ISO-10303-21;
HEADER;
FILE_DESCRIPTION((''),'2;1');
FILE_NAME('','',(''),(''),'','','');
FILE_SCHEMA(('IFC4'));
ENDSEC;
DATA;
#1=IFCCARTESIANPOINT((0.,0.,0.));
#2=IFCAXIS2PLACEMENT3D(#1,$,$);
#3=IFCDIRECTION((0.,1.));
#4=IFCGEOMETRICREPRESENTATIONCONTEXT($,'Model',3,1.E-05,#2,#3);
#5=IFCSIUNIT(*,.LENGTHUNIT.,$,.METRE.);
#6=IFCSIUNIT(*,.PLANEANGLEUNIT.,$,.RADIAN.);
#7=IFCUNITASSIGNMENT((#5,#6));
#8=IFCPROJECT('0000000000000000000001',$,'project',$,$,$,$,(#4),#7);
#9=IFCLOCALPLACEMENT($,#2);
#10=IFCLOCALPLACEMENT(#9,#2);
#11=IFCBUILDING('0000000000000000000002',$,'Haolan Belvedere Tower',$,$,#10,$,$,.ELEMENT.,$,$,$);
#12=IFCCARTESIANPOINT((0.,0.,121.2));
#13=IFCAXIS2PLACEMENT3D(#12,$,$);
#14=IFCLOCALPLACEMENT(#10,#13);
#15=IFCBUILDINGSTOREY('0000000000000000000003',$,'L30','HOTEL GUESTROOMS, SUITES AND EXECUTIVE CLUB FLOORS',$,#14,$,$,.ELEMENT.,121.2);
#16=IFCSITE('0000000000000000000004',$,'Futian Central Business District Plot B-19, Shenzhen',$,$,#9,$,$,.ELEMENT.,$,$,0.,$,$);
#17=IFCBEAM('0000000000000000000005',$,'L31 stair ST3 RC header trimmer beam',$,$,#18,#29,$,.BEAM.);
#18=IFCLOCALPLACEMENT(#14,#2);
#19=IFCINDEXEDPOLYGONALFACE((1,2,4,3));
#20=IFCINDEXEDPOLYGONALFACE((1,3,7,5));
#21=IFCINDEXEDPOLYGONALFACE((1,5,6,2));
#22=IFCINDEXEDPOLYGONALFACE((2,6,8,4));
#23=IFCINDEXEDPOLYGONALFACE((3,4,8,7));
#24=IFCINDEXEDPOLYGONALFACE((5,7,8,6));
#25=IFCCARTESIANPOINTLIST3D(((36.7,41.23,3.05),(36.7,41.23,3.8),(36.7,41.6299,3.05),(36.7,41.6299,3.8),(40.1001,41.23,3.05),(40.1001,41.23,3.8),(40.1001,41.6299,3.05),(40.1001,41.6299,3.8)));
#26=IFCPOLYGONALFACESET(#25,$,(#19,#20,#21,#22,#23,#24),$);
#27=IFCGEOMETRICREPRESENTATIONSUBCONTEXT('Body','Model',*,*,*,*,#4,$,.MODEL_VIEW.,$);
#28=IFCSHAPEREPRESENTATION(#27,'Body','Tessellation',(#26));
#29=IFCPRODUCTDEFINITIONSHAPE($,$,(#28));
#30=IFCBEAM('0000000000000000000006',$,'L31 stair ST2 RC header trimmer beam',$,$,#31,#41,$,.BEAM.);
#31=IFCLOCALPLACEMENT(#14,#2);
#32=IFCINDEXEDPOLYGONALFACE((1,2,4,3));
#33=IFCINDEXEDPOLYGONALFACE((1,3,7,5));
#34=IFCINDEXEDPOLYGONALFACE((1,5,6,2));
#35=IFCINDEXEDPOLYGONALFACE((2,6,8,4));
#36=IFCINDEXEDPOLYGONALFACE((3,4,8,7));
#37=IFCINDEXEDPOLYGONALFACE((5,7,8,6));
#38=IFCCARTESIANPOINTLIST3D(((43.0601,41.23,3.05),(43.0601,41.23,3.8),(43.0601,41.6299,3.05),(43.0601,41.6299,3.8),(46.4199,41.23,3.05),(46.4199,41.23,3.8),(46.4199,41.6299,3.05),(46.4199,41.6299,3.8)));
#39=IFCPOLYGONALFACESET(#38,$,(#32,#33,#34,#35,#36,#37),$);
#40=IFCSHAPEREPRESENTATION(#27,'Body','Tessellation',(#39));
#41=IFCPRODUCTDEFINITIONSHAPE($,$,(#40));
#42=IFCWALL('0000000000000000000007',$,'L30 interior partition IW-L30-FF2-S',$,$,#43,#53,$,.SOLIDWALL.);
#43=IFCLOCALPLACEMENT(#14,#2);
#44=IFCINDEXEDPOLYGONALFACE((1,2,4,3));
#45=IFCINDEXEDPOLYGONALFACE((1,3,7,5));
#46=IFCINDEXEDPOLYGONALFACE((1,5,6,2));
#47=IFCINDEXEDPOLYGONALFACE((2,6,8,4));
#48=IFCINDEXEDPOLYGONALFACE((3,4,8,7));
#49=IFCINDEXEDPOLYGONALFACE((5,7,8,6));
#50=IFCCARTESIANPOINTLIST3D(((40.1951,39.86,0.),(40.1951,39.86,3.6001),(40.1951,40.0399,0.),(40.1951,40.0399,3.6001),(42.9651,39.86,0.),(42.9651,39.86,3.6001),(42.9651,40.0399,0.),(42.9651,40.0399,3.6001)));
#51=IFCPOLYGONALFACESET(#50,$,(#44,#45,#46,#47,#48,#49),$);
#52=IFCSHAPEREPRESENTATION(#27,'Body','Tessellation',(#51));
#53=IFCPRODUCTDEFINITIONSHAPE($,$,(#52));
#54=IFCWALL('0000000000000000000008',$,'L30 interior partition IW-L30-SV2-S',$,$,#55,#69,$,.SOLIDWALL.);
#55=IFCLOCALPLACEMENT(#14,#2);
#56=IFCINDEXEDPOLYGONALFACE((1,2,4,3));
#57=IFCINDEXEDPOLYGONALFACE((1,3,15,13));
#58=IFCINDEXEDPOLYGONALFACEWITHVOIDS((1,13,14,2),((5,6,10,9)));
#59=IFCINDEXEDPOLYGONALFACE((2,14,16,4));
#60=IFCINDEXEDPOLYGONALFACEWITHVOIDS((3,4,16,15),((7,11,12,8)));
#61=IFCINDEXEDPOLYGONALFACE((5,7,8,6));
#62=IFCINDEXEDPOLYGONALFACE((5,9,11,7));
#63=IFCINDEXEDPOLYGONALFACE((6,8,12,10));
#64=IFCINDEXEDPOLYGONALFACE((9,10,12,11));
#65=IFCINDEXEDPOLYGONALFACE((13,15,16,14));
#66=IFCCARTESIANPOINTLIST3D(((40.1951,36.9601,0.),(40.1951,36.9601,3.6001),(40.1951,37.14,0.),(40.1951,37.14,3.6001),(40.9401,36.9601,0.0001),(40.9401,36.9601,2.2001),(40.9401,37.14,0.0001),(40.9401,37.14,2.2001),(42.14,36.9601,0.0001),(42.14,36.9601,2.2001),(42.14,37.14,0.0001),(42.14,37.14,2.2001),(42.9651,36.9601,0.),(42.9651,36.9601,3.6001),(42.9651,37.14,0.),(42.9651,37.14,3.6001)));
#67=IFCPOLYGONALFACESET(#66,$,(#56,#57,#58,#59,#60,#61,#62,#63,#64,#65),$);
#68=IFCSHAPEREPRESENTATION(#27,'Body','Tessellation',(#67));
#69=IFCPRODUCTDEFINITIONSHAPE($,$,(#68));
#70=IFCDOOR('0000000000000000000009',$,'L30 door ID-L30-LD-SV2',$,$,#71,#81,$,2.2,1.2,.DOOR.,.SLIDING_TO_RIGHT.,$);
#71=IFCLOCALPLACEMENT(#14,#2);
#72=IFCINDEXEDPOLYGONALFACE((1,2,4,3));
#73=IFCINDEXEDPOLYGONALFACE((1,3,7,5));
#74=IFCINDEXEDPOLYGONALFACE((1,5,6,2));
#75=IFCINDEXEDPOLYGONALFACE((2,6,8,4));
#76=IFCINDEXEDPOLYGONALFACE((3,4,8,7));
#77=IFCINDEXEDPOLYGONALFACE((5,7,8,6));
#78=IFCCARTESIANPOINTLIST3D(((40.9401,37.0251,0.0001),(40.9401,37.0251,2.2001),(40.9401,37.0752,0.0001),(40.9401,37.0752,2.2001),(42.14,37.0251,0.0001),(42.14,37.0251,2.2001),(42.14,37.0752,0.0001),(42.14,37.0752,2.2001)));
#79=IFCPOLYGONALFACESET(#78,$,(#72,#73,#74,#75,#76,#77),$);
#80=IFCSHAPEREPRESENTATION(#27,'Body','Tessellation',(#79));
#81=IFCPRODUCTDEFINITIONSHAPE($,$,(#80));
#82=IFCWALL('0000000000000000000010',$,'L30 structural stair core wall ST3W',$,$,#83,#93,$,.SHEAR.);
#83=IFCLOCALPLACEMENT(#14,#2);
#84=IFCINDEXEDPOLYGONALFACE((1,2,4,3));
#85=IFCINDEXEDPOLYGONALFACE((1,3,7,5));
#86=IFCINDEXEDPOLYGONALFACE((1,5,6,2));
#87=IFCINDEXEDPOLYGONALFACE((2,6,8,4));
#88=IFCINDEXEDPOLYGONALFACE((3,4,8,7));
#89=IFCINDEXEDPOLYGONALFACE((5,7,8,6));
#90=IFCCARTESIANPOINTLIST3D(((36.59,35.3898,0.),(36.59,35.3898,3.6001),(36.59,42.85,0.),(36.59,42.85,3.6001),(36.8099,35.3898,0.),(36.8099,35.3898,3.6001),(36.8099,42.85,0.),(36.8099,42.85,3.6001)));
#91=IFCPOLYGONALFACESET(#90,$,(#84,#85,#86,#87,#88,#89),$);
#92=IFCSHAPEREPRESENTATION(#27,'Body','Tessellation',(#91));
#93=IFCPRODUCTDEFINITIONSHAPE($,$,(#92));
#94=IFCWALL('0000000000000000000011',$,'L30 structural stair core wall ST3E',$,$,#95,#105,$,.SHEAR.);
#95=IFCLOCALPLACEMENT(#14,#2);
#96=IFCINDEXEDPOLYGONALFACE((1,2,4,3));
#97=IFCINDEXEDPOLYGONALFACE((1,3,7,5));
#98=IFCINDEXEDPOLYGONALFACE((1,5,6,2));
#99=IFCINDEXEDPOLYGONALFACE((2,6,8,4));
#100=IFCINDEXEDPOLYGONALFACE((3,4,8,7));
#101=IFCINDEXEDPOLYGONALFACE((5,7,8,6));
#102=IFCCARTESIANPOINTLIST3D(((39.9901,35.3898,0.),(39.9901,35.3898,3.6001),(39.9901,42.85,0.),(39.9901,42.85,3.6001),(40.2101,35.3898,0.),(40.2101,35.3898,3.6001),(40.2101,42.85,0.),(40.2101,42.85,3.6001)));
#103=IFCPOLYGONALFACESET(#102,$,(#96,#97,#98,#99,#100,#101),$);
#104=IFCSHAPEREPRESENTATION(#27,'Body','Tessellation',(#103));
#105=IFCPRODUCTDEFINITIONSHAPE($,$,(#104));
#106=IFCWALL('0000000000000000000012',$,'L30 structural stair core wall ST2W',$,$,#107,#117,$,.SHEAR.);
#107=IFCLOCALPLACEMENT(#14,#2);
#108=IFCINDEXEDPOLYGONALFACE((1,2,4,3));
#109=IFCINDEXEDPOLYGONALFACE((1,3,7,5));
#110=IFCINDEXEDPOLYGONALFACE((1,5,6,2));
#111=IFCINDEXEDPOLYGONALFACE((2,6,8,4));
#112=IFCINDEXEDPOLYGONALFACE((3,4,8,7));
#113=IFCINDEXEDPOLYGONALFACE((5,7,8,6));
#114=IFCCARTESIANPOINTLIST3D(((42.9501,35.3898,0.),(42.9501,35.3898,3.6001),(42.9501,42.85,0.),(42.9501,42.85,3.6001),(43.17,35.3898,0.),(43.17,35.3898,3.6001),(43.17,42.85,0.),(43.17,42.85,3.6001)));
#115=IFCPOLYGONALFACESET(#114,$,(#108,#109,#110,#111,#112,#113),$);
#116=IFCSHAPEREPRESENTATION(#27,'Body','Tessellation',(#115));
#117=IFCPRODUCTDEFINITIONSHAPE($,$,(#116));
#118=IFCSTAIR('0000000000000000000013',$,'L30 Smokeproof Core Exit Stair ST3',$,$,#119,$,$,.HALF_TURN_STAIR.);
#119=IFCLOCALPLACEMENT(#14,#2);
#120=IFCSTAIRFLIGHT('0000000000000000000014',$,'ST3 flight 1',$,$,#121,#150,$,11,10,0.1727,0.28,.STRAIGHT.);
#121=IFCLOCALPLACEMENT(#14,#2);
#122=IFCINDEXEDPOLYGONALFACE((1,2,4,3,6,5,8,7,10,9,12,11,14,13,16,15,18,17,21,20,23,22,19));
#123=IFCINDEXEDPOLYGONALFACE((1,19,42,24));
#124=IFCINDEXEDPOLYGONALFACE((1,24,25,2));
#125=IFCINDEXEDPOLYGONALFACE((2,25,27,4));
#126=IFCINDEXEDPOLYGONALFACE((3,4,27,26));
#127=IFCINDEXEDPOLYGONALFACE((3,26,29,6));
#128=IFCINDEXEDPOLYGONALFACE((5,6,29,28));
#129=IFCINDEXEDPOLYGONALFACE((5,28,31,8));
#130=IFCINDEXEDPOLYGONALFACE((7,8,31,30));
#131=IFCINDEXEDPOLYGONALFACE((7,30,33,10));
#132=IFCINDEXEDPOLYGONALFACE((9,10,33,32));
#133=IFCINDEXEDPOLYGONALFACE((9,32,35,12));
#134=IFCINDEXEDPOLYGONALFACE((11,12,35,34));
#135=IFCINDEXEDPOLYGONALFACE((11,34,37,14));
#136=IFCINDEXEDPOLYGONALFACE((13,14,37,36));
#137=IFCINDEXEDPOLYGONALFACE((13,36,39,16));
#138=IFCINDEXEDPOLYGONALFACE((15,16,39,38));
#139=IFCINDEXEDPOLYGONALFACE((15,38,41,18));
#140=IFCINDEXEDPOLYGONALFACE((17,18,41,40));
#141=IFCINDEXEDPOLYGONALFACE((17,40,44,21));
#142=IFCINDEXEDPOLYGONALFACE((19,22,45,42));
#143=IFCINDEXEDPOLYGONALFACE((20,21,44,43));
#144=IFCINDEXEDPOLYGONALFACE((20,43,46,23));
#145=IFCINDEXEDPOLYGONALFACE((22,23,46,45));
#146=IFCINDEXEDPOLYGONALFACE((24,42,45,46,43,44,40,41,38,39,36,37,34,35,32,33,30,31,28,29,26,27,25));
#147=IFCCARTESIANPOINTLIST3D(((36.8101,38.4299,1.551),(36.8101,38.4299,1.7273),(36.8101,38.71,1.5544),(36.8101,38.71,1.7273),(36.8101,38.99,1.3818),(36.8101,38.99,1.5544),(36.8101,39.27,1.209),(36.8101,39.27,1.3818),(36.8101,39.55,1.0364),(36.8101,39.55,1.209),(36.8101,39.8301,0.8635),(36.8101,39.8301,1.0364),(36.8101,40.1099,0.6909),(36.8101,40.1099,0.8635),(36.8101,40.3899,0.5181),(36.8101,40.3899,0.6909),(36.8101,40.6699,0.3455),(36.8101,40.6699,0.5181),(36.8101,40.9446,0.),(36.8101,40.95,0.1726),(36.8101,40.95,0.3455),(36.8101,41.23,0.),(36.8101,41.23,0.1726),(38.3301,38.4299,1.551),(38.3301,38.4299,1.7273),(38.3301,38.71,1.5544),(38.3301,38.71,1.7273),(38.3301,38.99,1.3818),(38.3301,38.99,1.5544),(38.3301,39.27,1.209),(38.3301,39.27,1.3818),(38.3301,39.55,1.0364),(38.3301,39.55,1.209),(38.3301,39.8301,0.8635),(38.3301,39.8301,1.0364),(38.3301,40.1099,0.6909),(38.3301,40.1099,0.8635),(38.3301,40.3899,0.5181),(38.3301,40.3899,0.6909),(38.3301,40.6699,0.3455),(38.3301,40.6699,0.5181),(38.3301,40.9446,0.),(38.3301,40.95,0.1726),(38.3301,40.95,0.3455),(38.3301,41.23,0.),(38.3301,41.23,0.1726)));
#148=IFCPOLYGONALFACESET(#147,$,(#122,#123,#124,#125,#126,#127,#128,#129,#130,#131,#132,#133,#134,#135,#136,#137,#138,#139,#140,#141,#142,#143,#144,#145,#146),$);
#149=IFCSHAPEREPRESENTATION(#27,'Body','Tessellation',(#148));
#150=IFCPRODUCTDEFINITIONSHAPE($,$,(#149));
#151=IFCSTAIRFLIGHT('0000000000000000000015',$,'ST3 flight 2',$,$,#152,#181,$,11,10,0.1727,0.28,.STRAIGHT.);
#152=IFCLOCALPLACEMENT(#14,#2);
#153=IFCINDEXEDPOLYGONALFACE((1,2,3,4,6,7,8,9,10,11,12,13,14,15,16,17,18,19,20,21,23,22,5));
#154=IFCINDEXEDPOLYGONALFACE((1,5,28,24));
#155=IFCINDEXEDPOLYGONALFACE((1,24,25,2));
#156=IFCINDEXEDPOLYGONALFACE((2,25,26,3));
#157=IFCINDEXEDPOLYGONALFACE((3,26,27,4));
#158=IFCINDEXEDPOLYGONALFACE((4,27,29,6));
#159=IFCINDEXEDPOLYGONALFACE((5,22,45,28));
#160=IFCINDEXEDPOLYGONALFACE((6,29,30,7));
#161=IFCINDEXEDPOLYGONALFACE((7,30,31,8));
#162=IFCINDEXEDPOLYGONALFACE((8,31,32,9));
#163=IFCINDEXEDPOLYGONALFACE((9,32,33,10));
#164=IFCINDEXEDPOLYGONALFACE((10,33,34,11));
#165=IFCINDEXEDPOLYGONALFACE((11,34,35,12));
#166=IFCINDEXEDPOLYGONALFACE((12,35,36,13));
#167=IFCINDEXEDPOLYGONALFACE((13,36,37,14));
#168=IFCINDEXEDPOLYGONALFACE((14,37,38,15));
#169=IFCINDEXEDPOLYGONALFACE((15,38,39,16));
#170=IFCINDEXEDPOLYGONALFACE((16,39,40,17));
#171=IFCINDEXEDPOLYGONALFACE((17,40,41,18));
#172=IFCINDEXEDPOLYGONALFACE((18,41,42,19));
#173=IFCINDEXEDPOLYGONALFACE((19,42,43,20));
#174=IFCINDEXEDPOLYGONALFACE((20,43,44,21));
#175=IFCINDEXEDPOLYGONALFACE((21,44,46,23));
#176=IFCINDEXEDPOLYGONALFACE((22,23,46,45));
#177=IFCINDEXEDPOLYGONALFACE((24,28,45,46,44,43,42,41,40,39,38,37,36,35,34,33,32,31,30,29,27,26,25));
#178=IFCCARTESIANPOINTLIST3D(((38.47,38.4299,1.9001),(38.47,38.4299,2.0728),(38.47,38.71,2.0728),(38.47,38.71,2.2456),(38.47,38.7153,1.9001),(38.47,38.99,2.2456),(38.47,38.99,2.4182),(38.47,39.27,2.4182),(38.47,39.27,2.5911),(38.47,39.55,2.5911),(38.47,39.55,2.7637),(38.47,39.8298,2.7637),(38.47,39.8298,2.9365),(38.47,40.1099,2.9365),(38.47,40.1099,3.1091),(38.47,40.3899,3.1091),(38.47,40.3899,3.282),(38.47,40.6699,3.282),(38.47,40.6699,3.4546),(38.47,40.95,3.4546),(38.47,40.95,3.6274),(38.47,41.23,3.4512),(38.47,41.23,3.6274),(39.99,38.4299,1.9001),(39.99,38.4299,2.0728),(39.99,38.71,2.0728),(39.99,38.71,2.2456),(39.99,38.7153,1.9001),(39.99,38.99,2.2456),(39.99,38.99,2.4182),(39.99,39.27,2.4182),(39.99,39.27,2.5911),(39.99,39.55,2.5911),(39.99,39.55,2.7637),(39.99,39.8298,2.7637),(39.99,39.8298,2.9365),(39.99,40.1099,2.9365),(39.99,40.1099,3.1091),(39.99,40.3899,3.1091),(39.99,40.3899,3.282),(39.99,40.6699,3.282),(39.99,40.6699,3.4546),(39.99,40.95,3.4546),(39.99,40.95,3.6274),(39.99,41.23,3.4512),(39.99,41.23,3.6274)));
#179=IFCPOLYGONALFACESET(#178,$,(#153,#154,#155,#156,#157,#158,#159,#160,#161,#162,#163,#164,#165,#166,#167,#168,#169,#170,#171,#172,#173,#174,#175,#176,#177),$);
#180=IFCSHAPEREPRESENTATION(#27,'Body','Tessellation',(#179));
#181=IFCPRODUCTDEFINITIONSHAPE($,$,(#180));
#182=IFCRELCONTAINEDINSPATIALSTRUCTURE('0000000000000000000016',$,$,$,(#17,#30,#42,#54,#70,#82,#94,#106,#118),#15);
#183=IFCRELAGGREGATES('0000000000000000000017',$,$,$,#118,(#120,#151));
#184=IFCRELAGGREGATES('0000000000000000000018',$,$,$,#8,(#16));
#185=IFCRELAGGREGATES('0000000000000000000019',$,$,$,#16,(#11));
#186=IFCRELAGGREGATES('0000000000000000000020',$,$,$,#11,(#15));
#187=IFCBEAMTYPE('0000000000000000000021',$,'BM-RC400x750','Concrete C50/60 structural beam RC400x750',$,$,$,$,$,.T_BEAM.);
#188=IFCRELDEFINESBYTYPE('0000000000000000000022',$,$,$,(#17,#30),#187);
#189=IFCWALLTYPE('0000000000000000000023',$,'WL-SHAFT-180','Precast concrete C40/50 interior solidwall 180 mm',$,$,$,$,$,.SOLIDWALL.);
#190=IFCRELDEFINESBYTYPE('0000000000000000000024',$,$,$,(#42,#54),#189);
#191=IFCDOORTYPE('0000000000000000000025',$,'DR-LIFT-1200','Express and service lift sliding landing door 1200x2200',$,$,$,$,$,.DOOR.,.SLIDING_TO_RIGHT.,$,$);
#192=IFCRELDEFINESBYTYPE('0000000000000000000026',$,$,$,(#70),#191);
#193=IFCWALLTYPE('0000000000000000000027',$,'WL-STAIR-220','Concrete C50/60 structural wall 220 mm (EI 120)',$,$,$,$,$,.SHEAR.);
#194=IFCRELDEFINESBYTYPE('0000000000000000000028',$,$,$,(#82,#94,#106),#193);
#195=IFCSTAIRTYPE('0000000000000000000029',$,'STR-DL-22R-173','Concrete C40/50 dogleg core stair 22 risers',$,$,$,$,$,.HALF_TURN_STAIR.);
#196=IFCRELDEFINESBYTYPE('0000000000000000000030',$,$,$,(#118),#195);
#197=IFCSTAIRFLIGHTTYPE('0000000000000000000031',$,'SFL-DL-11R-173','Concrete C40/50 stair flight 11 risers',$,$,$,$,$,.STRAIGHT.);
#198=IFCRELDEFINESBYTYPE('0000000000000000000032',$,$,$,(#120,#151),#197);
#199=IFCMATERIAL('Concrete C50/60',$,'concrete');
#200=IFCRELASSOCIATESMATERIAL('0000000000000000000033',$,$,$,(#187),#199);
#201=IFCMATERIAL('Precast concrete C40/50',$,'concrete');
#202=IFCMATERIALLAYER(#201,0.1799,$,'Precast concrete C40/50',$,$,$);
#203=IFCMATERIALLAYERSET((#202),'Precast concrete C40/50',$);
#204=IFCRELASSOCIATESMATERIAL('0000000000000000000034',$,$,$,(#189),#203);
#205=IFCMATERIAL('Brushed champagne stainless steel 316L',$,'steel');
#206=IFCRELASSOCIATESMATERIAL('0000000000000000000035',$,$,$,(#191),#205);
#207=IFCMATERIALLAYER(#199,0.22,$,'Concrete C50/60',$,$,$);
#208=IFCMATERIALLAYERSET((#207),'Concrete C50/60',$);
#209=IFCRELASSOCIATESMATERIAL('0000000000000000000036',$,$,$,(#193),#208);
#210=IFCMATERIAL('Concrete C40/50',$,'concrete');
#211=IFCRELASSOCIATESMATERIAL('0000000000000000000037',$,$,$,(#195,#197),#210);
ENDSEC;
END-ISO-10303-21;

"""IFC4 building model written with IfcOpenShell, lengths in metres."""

from ifc_helpers import new_model, si_unit, direction, frame, frame_2d, origin, origin_2d, place, context, subcontext, project, spatial, polyline, rectangle, outline, extrude, material, layer, layer_set, material_profile, profile_set, type_object, element, fill, aggregate, save


model = new_model("IFC4")

# Units and contexts
model_context = context("Model", 3, precision=1e-05, world=origin(), true_north=direction((0.0, 1.0)))
body_context = subcontext(model_context, "Body", "Model", "MODEL_VIEW")
ifc_project = project(units=[si_unit("LENGTHUNIT", "METRE"), si_unit("PLANEANGLEUNIT", "RADIAN")], contexts=[model_context])

# Site, building, storey
site_placement = place(None, origin())
site = spatial("IfcSite", under=ifc_project, at=site_placement, Name="Futian Central Business District Plot B-19, Shenzhen", CompositionType="ELEMENT", RefElevation=0.0)
building_placement = place(site_placement, origin())
building = spatial("IfcBuilding", under=site, at=building_placement, Name="Haolan Belvedere Tower", CompositionType="ELEMENT")
storey_placement = place(building_placement, frame((0.0, 0.0, 121.2)))
storey = spatial("IfcBuildingStorey", under=building, at=storey_placement, Name="L30", Description="HOTEL GUESTROOMS, SUITES AND EXECUTIVE CLUB FLOORS", CompositionType="ELEMENT", Elevation=121.2)

# Beams
ifc_material_1 = material(Name="Concrete C50/60", Category="concrete")
ifc_material_profile = material_profile(ifc_material_1, rectangle(XDim=0.3999, YDim=0.75, at=origin_2d()), Name="Concrete C50/60")
ifc_profile_set = profile_set([ifc_material_profile], Name="Concrete C50/60")
beam_type = type_object("IfcBeamType", Name="BM-RC400x750", Description="Concrete C50/60 structural beam RC400x750", PredefinedType="T_BEAM", material=ifc_profile_set)
beam_1_placement = place(storey_placement, frame((36.7, 41.4299, 3.425), z_axis=(1.0, 0.0, 0.0), x_axis=(0.0, 1.0, 0.0)))
element("IfcBeam", 1, at=beam_1_placement, inside=storey, type_object=beam_type, Name="L31 stair ST3 RC header trimmer beam", PredefinedType="BEAM", context=body_context, shape_type="SweptSolid", body=[
    extrude(rectangle(XDim=0.3999, YDim=0.75, at=origin_2d()), origin(), (0.0, 0.0, 1.0), 3.4001),
])
beam_2_placement = place(storey_placement, frame((43.0601, 41.4299, 3.425), z_axis=(1.0, 0.0, 0.0), x_axis=(0.0, 1.0, 0.0)))
element("IfcBeam", 2, at=beam_2_placement, inside=storey, type_object=beam_type, Name="L31 stair ST2 RC header trimmer beam", PredefinedType="BEAM", context=body_context, shape_type="SweptSolid", body=[
    extrude(rectangle(XDim=0.3999, YDim=0.75, at=origin_2d()), origin(), (0.0, 0.0, 1.0), 3.3599),
])

# Shared definitions
ifc_material_2 = material(Name="Concrete C40/50", Category="concrete")

# Wall
ifc_material_3 = material(Name="Precast concrete C40/50", Category="concrete")
ifc_layer_1 = layer(ifc_material_3, 0.1799, Name="Precast concrete C40/50")
ifc_layer_set_1 = layer_set([ifc_layer_1], Name="Precast concrete C40/50")
wall_type_1 = type_object("IfcWallType", Name="WL-SHAFT-180", Description="Precast concrete C40/50 interior solidwall 180 mm", PredefinedType="SOLIDWALL", material=ifc_layer_set_1)
wall_1_placement = place(storey_placement, frame((40.1951, 39.95, 0.0), z_axis=(0.0, 0.0, 1.0), x_axis=(1.0, 0.0, 0.0)))
element("IfcWall", 3, at=wall_1_placement, inside=storey, type_object=wall_type_1, Name="L30 interior partition IW-L30-FF2-S", PredefinedType="SOLIDWALL", context=body_context, shape_type="SweptSolid", body=[
    extrude(rectangle(XDim=2.77, YDim=0.1799, at=frame_2d((1.385, 0.0))), origin(), (0.0, 0.0, 1.0), 3.6001),
])

# Wall, opening, door
wall_2_placement = place(storey_placement, frame((40.1951, 37.05, 0.0), z_axis=(0.0, 0.0, 1.0), x_axis=(1.0, 0.0, 0.0)))
wall_2 = element("IfcWall", 4, at=wall_2_placement, inside=storey, type_object=wall_type_1, Name="L30 interior partition IW-L30-SV2-S", PredefinedType="SOLIDWALL", context=body_context, shape_type="SweptSolid", body=[
    extrude(rectangle(XDim=2.77, YDim=0.1799, at=frame_2d((1.385, 0.0))), origin(), (0.0, 0.0, 1.0), 3.6001),
])
opening_1_placement = place(wall_2_placement, frame((1.9451, 0.0, 0.0), z_axis=(0.0, 0.0, 1.0), x_axis=(-1.0, 0.0, 0.0)))
opening_1 = element("IfcOpeningElement", 5, at=opening_1_placement, cuts=wall_2, PredefinedType="OPENING", context=body_context, shape_type="SweptSolid", body=[
    extrude(rectangle(XDim=1.2, YDim=2.2, at=frame_2d((0.6001, 1.1001))), frame((0.0, 0.0999, 0.0), z_axis=(0.0, -1.0, 0.0), x_axis=(1.0, 0.0, 0.0)), (0.0, 0.0, 1.0), 0.2),
])
ifc_material_4 = material(Name="Brushed champagne stainless steel 316L", Category="steel")
door_type_1 = type_object("IfcDoorType", Name="DR-LIFT-1200", Description="Express and service lift sliding landing door 1200x2200", OperationType="SLIDING_TO_RIGHT", PredefinedType="DOOR", material=ifc_material_4)
door_1_placement = place(opening_1_placement, origin())
door_1 = element("IfcDoor", 6, at=door_1_placement, inside=storey, type_object=door_type_1, Name="L30 door ID-L30-LD-SV2", OperationType="SLIDING_TO_RIGHT", OverallHeight=2.2, OverallWidth=1.2, PredefinedType="DOOR", context=body_context, shape_type="SweptSolid", body=[
    extrude(rectangle(XDim=1.2, YDim=2.2, at=frame_2d((0.6001, 1.1001))), frame((0.0, 0.0249, 0.0), z_axis=(0.0, -1.0, 0.0), x_axis=(1.0, 0.0, 0.0)), (0.0, 0.0, 1.0), 0.05),
])
fill(opening_1, door_1)

# Walls
ifc_layer_2 = layer(ifc_material_1, 0.22, Name="Concrete C50/60")
ifc_layer_set_2 = layer_set([ifc_layer_2], Name="Concrete C50/60")
wall_type_2 = type_object("IfcWallType", Name="WL-STAIR-220", Description="Concrete C50/60 structural wall 220 mm (EI 120)", PredefinedType="SHEAR", material=ifc_layer_set_2)
for number, where, z_axis, x_axis, name in (
    (7, (36.7, 35.3899, 0.0), (0.0, 0.0, 1.0), (0.0, 1.0, 0.0), "L30 structural stair core wall ST3W"),
    (8, (40.1001, 35.3899, 0.0), (0.0, 0.0, 1.0), (0.0, 1.0, 0.0), "L30 structural stair core wall ST3E"),
    (9, (43.0601, 35.3899, 0.0), (0.0, 0.0, 1.0), (0.0, 1.0, 0.0), "L30 structural stair core wall ST2W"),
):
    element("IfcWall", number, at=place(storey_placement, frame(where, z_axis=z_axis, x_axis=x_axis)), inside=storey, type_object=wall_type_2, Name=name, PredefinedType="SHEAR", context=body_context, shape_type="SweptSolid", body=[
        extrude(rectangle(XDim=7.4602, YDim=0.22, at=frame_2d((3.73, 0.0))), origin(), (0.0, 0.0, 1.0), 3.6001),
    ])

# Stair, stair flights
stair_type = type_object("IfcStairType", Name="STR-DL-22R-173", Description="Concrete C40/50 dogleg core stair 22 risers", PredefinedType="HALF_TURN_STAIR", material=ifc_material_2)
stair_1_placement = place(storey_placement, origin())
stair_1 = element("IfcStair", 10, at=stair_1_placement, inside=storey, type_object=stair_type, Name="L30 Smokeproof Core Exit Stair ST3", PredefinedType="HALF_TURN_STAIR")
stair_flight_type = type_object("IfcStairFlightType", Name="SFL-DL-11R-173", Description="Concrete C40/50 stair flight 11 risers", PredefinedType="STRAIGHT", material=ifc_material_2)
stair_flight_1_placement = place(storey_placement, frame((37.5701, 41.23, 0.0), z_axis=(0.0, 0.0, 1.0), x_axis=(0.0, -1.0, 0.0)))
stair_flight_1 = element("IfcStairFlight", 11, at=stair_flight_1_placement, type_object=stair_flight_type, Name="ST3 flight 1", NumberOfRisers=11, NumberOfTreads=10, PredefinedType="STRAIGHT", RiserHeight=0.1727, TreadLength=0.28, context=body_context, shape_type="SweptSolid", body=[
    extrude(outline(polyline([(0.0, 0.0), (0.0, 0.1726), (0.28, 0.1726), (0.28, 0.3455), (0.5601, 0.3455), (0.5601, 0.5181), (0.8401, 0.5181), (0.8401, 0.6909), (1.1201, 0.6909), (1.1201, 0.8635), (1.3999, 0.8635), (1.3999, 1.0364), (1.6799, 1.0364), (1.6799, 1.209), (1.96, 1.209), (1.96, 1.3818), (2.24, 1.3818), (2.24, 1.5544), (2.52, 1.5544), (2.52, 1.7273), (2.8, 1.7273), (2.8, 1.8999), (2.8, 1.551), (0.2854, 0.0), (0.0, 0.0)])), frame((0.0, 0.76, 0.0), z_axis=(0.0, -1.0, 0.0), x_axis=(1.0, 0.0, 0.0)), (0.0, 0.0, 1.0), 1.52),
])
stair_flight_2_placement = place(storey_placement, frame((39.23, 38.4299, 1.9001), z_axis=(0.0, 0.0, 1.0), x_axis=(0.0, 1.0, 0.0)))
stair_flight_2 = element("IfcStairFlight", 12, at=stair_flight_2_placement, type_object=stair_flight_type, Name="ST3 flight 2", NumberOfRisers=11, NumberOfTreads=10, PredefinedType="STRAIGHT", RiserHeight=0.1727, TreadLength=0.28, context=body_context, shape_type="SweptSolid", body=[
    extrude(outline(polyline([(0.0, 0.0), (0.0, 0.1726), (0.28, 0.1726), (0.28, 0.3455), (0.5601, 0.3455), (0.5601, 0.5181), (0.8401, 0.5181), (0.8401, 0.6909), (1.1201, 0.6909), (1.1201, 0.8635), (1.3999, 0.8635), (1.3999, 1.0364), (1.6799, 1.0364), (1.6799, 1.209), (1.96, 1.209), (1.96, 1.3818), (2.24, 1.3818), (2.24, 1.5544), (2.52, 1.5544), (2.52, 1.7273), (2.8, 1.7273), (2.8, 1.8999), (2.8, 1.551), (0.2854, 0.0), (0.0, 0.0)])), frame((0.0, 0.76, 0.0), z_axis=(0.0, -1.0, 0.0), x_axis=(1.0, 0.0, 0.0)), (0.0, 0.0, 1.0), 1.52),
])
aggregate(stair_1, [stair_flight_1, stair_flight_2])

save(model, "model.ifc")
